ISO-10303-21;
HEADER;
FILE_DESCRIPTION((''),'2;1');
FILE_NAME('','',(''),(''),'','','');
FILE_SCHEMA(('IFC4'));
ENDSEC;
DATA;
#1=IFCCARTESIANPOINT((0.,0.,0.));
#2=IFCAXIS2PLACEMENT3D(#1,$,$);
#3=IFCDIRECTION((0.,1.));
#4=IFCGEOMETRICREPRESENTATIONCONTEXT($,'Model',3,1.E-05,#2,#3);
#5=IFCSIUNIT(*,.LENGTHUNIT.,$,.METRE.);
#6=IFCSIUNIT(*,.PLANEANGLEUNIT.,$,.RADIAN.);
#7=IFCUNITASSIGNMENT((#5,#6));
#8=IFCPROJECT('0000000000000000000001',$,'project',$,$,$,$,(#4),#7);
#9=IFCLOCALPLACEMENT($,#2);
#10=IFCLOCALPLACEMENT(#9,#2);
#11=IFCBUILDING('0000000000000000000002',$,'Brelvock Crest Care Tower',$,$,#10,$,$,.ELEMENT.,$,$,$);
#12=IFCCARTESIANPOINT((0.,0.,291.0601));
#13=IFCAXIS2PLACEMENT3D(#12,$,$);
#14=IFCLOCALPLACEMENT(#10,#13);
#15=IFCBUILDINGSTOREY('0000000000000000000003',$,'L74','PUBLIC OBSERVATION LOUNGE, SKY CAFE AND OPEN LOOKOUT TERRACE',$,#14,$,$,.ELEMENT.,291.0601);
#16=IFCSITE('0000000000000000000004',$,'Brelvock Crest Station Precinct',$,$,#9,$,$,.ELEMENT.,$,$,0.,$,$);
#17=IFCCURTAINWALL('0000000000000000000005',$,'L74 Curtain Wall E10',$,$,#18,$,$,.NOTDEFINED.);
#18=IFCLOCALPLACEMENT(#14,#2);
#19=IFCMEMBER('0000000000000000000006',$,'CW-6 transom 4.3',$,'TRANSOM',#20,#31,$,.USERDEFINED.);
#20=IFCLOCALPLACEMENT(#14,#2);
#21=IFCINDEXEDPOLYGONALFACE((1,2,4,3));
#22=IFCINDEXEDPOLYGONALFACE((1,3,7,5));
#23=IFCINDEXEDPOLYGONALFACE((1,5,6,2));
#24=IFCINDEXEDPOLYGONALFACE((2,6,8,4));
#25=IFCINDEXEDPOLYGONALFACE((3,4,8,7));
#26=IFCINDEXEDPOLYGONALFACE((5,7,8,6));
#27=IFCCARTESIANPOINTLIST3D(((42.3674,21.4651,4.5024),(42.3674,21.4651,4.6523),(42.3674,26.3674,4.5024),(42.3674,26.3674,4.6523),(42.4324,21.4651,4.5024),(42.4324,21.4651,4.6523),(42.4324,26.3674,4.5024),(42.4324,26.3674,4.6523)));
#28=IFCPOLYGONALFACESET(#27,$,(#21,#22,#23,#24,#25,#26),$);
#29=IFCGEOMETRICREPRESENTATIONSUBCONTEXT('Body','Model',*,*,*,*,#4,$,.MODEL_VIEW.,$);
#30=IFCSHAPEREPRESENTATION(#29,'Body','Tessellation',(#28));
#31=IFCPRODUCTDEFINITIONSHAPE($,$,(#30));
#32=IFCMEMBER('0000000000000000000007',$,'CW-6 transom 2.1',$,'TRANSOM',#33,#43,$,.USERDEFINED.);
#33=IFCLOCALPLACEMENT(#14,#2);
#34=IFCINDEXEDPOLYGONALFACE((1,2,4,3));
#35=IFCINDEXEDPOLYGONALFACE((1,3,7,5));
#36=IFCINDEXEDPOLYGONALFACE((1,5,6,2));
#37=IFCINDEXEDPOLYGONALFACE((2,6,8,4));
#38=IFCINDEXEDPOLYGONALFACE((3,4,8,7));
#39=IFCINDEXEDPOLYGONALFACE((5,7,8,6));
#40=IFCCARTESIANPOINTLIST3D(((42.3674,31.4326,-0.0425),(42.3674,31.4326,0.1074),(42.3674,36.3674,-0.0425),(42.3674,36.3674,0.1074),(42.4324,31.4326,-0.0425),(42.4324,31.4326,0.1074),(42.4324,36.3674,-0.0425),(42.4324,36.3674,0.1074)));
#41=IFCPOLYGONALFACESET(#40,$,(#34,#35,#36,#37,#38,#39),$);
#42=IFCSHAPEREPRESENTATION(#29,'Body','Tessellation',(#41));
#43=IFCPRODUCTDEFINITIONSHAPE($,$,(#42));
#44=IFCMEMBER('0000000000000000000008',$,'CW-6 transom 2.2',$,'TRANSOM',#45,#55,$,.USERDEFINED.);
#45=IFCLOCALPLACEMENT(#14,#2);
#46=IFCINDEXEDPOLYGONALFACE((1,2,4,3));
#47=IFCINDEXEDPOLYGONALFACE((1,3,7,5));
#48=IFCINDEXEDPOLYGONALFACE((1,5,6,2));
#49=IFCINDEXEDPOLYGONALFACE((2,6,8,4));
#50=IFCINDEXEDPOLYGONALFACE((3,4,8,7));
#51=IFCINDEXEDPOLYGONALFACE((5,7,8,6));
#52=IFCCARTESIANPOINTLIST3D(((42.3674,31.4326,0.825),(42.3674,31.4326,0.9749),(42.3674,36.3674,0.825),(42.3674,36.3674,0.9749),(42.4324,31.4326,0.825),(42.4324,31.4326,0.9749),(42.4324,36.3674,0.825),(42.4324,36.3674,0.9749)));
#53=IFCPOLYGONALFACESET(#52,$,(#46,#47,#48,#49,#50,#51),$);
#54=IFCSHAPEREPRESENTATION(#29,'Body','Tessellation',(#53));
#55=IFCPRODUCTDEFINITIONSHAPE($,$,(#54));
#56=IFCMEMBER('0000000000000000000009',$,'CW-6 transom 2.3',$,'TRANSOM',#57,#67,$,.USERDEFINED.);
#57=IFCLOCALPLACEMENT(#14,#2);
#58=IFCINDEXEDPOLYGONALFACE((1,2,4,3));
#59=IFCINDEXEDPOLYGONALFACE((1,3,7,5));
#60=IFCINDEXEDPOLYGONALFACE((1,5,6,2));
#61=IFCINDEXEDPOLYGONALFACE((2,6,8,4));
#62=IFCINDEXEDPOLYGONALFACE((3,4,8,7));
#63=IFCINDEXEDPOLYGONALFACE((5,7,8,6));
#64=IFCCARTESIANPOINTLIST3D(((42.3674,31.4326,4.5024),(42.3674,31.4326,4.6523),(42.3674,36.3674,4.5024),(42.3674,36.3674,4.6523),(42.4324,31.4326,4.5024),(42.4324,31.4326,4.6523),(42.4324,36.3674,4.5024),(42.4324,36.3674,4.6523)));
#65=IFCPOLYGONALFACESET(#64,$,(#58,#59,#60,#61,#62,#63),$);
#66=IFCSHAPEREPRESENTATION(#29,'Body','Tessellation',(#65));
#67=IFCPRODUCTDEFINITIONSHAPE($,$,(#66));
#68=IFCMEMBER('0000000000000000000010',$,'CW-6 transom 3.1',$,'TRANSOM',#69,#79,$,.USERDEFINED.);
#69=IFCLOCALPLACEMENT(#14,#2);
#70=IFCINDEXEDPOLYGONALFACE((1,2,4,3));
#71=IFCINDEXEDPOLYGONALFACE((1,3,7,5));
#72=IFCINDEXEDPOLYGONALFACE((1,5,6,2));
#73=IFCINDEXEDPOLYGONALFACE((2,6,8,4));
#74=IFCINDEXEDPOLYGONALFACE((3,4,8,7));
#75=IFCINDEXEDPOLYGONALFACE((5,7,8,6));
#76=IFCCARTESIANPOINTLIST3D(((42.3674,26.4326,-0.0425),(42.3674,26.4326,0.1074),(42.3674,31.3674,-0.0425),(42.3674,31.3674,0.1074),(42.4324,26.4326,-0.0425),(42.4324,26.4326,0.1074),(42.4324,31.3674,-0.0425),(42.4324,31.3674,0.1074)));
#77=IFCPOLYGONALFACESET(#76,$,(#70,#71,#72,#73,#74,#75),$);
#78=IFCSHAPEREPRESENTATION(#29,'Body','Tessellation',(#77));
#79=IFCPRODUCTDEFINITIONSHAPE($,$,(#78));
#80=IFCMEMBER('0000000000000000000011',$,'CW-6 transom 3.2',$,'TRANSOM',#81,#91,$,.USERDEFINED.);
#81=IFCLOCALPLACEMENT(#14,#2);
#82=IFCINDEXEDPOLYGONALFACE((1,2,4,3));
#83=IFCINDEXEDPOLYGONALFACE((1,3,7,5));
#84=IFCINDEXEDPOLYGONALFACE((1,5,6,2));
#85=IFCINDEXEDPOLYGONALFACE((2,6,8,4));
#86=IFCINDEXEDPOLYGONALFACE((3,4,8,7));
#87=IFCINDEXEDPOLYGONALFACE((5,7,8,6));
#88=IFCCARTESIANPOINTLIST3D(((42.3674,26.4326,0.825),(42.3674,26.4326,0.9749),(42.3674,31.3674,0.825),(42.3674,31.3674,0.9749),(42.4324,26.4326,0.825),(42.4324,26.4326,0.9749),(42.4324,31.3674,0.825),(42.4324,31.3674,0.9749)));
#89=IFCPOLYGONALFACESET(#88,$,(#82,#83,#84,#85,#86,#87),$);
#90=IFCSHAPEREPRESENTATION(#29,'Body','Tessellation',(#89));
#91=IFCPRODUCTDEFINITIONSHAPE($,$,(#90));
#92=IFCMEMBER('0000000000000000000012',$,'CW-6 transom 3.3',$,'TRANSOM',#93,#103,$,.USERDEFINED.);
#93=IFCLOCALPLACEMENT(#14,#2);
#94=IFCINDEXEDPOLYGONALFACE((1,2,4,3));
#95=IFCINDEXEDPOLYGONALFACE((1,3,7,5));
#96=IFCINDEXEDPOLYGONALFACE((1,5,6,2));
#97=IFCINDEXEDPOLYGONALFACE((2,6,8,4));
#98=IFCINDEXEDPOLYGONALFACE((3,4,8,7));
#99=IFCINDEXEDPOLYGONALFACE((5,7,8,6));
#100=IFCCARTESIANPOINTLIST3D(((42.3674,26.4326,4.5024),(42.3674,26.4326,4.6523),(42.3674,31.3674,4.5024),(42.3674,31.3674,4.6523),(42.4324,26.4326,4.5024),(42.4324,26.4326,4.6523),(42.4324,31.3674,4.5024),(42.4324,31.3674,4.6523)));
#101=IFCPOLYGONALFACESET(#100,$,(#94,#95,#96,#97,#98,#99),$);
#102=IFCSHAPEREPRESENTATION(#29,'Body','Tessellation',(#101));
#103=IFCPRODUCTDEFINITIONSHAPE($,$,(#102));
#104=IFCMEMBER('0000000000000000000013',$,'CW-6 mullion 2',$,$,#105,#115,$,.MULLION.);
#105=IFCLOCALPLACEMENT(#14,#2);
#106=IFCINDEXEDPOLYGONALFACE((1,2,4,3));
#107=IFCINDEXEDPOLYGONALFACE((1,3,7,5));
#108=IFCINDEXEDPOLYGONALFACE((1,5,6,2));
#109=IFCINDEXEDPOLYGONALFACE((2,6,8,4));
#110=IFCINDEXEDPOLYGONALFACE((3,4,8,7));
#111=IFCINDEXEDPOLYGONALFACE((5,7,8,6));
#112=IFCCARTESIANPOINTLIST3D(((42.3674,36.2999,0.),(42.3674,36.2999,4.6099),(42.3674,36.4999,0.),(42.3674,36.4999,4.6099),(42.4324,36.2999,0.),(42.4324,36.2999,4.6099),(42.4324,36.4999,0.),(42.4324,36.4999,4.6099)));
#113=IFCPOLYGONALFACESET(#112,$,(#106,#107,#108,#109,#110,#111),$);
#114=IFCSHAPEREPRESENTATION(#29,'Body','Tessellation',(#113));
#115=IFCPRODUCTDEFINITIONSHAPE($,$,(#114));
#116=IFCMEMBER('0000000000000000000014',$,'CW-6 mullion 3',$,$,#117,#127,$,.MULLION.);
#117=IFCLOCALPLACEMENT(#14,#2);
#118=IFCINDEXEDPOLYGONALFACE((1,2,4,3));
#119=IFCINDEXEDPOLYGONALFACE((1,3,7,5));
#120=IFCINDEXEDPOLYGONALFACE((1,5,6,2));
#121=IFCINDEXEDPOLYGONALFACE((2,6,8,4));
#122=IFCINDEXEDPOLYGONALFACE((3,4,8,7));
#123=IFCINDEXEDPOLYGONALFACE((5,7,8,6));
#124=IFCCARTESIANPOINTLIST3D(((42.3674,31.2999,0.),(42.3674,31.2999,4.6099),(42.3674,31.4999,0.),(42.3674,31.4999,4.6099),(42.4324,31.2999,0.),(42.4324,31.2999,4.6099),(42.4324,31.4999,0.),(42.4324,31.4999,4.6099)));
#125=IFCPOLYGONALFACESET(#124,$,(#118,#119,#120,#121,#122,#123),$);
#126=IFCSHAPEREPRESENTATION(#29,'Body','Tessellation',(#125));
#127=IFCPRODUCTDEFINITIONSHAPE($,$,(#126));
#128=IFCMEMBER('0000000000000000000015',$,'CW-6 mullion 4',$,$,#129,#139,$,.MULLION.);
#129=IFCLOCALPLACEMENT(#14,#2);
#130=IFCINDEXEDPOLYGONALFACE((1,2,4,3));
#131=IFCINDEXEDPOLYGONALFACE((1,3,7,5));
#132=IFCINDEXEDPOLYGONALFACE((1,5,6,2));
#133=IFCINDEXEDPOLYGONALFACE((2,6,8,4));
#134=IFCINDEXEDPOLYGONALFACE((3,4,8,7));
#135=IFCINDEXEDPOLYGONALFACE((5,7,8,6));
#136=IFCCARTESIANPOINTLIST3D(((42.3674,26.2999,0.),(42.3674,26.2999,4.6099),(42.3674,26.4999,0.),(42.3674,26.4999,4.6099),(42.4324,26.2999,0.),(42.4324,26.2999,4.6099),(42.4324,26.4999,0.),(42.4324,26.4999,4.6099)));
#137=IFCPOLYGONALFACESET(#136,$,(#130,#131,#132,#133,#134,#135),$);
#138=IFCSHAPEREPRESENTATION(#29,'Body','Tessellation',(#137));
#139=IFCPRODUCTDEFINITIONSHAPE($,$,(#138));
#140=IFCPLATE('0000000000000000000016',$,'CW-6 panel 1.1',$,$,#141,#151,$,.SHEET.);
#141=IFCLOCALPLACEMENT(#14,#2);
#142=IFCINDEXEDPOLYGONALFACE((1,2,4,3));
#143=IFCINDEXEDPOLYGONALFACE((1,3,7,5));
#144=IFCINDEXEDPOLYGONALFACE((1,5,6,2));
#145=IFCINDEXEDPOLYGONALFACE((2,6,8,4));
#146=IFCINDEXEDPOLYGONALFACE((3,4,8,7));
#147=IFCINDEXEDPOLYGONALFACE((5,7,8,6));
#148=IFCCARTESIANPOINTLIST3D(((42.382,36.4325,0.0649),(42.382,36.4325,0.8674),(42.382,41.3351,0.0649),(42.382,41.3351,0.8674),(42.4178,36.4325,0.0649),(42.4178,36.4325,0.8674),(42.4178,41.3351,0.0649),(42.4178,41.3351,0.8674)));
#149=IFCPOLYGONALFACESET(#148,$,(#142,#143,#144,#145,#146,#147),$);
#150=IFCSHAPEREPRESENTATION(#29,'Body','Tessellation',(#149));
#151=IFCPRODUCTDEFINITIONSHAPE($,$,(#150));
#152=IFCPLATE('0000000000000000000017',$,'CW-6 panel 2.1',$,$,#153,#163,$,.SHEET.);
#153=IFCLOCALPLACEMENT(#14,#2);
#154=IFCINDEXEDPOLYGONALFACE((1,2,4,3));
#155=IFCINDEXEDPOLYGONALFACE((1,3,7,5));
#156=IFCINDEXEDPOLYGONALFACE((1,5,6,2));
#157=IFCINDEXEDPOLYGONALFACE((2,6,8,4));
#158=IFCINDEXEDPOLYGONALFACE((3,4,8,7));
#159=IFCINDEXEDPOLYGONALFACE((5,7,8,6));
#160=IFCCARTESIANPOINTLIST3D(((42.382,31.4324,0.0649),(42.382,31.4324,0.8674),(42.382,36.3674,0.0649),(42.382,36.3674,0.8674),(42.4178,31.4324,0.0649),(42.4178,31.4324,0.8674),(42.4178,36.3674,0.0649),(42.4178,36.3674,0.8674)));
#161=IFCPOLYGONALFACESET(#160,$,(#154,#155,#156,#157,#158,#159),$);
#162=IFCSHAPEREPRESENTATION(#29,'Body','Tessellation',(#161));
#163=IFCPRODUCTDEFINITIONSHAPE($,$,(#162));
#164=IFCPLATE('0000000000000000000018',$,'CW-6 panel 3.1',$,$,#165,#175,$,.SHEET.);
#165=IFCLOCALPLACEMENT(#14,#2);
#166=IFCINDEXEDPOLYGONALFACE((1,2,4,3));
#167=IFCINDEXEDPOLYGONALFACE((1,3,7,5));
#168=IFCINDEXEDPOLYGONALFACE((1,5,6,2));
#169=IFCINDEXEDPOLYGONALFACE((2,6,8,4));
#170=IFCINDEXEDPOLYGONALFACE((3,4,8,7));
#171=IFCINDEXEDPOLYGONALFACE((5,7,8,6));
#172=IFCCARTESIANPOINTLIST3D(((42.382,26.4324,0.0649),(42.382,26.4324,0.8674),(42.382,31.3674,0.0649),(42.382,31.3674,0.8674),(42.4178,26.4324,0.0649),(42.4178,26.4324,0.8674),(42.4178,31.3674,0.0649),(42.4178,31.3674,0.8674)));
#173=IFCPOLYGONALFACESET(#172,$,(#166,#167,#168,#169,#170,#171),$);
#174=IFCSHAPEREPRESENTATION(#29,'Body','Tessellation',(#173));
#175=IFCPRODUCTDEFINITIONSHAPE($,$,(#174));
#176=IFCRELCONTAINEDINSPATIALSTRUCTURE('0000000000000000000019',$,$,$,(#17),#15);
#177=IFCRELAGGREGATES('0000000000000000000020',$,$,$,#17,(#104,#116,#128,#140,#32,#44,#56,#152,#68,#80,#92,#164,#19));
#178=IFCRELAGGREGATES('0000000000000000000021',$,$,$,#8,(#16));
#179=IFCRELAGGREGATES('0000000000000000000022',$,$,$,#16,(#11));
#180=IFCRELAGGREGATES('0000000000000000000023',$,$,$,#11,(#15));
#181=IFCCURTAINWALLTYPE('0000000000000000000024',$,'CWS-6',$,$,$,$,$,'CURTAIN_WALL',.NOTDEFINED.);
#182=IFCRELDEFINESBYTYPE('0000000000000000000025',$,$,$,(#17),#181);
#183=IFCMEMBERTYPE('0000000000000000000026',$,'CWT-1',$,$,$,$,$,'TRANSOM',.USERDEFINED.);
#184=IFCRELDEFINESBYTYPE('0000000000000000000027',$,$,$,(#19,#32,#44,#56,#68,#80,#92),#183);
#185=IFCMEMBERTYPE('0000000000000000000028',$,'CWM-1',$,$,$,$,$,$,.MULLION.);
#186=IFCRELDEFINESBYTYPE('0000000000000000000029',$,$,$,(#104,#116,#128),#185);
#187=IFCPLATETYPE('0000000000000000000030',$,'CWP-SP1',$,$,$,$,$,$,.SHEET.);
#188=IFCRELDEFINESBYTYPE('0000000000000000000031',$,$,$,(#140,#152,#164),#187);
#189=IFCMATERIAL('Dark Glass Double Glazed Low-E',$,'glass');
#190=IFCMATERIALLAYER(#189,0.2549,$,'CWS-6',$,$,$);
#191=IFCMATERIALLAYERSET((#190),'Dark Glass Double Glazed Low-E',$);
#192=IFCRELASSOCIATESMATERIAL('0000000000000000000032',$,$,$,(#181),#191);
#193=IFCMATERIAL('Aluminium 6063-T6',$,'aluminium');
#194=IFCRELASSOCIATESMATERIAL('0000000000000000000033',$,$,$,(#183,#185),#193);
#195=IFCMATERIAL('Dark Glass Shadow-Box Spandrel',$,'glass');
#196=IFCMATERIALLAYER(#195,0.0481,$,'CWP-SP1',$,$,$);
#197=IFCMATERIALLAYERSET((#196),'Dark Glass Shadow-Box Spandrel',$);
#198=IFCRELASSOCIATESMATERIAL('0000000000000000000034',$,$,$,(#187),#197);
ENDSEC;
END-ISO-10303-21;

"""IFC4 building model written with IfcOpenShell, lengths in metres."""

from ifc_helpers import new_model, si_unit, direction, frame, origin, origin_2d, place, context, subcontext, project, spatial, rectangle, extrude, source, transform, mapped, material, layer, layer_set, material_profile, profile_set, type_object, element, aggregate, save


model = new_model("IFC4")

# Units and contexts
model_context = context("Model", 3, precision=1e-05, world=origin(), true_north=direction((0.0, 1.0)))
body_context = subcontext(model_context, "Body", "Model", "MODEL_VIEW")
ifc_project = project(units=[si_unit("LENGTHUNIT", "METRE"), si_unit("PLANEANGLEUNIT", "RADIAN")], contexts=[model_context])

# Site, building, storey
site_placement = place(None, origin())
site = spatial("IfcSite", under=ifc_project, at=site_placement, Name="Brelvock Crest Station Precinct", CompositionType="ELEMENT", RefElevation=0.0)
building_placement = place(site_placement, origin())
building = spatial("IfcBuilding", under=site, at=building_placement, Name="Brelvock Crest Care Tower", CompositionType="ELEMENT")
storey_placement = place(building_placement, frame((0.0, 0.0, 291.0601)))
storey = spatial("IfcBuildingStorey", under=building, at=storey_placement, Name="L74", Description="PUBLIC OBSERVATION LOUNGE, SKY CAFE AND OPEN LOOKOUT TERRACE", CompositionType="ELEMENT", Elevation=291.0601)

# Curtain wall, members, plates
ifc_material_1 = material(Name="Dark Glass Double Glazed Low-E", Category="glass")
ifc_layer_1 = layer(ifc_material_1, 0.2549, Name="CWS-6")
ifc_layer_set_1 = layer_set([ifc_layer_1], Name="Dark Glass Double Glazed Low-E")
curtain_wall_type = type_object("IfcCurtainWallType", Name="CWS-6", ElementType="CURTAIN_WALL", PredefinedType="NOTDEFINED", material=ifc_layer_set_1)
curtain_wall_placement = place(storey_placement, origin())
curtain_wall = element("IfcCurtainWall", 1, at=curtain_wall_placement, inside=storey, type_object=curtain_wall_type, Name="L74 Curtain Wall E10", PredefinedType="NOTDEFINED")
ifc_material_2 = material(Name="Aluminium 6063-T6", Category="aluminium")
ifc_material_profile_1 = material_profile(ifc_material_2, rectangle(XDim=0.0649, YDim=0.1499, at=origin_2d()), Name="ALU65x150")
ifc_profile_set_1 = profile_set([ifc_material_profile_1], Name="Aluminium 6063-T6")
member_type_1 = type_object("IfcMemberType", Name="CWT-1", ElementType="TRANSOM", PredefinedType="USERDEFINED", material=ifc_profile_set_1)
shared_shape_1 = source(origin(), body_context, "Body", "SweptSolid", [
    extrude(rectangle(XDim=0.0649, YDim=0.1499, at=origin_2d()), origin(), (0.0, 0.0, 1.0), 4.9023),
])
member_1_placement = place(storey_placement, frame((42.3999, 26.3674, 4.5774), z_axis=(0.0, -1.0, 0.0), x_axis=(1.0, 0.0, 0.0)))
member_1 = element("IfcMember", 2, at=member_1_placement, type_object=member_type_1, Name="CW-6 transom 4.3", ObjectType="TRANSOM", PredefinedType="USERDEFINED", context=body_context, shape_type="MappedRepresentation", body=[
    mapped(shared_shape_1, transform((0.0, 0.0, 0.0), x_axis=(1.0, 0.0, 0.0), y_axis=(0.0, 1.0, 0.0), z_axis=(0.0, 0.0, 1.0), scale=1.0)),
])
shared_shape_2 = source(origin(), body_context, "Body", "SweptSolid", [
    extrude(rectangle(XDim=0.0649, YDim=0.1499, at=origin_2d()), origin(), (0.0, 0.0, 1.0), 4.9348),
])
member_2_placement = place(storey_placement, frame((42.3999, 36.3674, 0.0325), z_axis=(0.0, -1.0, 0.0), x_axis=(1.0, 0.0, 0.0)))
member_2 = element("IfcMember", 3, at=member_2_placement, type_object=member_type_1, Name="CW-6 transom 2.1", ObjectType="TRANSOM", PredefinedType="USERDEFINED", context=body_context, shape_type="MappedRepresentation", body=[
    mapped(shared_shape_2, transform((0.0, 0.0, 0.0), x_axis=(1.0, 0.0, 0.0), y_axis=(0.0, 1.0, 0.0), z_axis=(0.0, 0.0, 1.0), scale=1.0)),
])
member_3_placement = place(storey_placement, frame((42.3999, 36.3674, 0.8999), z_axis=(0.0, -1.0, 0.0), x_axis=(1.0, 0.0, 0.0)))
member_3 = element("IfcMember", 4, at=member_3_placement, type_object=member_type_1, Name="CW-6 transom 2.2", ObjectType="TRANSOM", PredefinedType="USERDEFINED", context=body_context, shape_type="MappedRepresentation", body=[
    mapped(shared_shape_2, transform((0.0, 0.0, 0.0), x_axis=(1.0, 0.0, 0.0), y_axis=(0.0, 1.0, 0.0), z_axis=(0.0, 0.0, 1.0), scale=1.0)),
])
member_4_placement = place(storey_placement, frame((42.3999, 36.3674, 4.5774), z_axis=(0.0, -1.0, 0.0), x_axis=(1.0, 0.0, 0.0)))
member_4 = element("IfcMember", 5, at=member_4_placement, type_object=member_type_1, Name="CW-6 transom 2.3", ObjectType="TRANSOM", PredefinedType="USERDEFINED", context=body_context, shape_type="MappedRepresentation", body=[
    mapped(shared_shape_2, transform((0.0, 0.0, 0.0), x_axis=(1.0, 0.0, 0.0), y_axis=(0.0, 1.0, 0.0), z_axis=(0.0, 0.0, 1.0), scale=1.0)),
])
member_5_placement = place(storey_placement, frame((42.3999, 31.3674, 0.0325), z_axis=(0.0, -1.0, 0.0), x_axis=(1.0, 0.0, 0.0)))
member_5 = element("IfcMember", 6, at=member_5_placement, type_object=member_type_1, Name="CW-6 transom 3.1", ObjectType="TRANSOM", PredefinedType="USERDEFINED", context=body_context, shape_type="MappedRepresentation", body=[
    mapped(shared_shape_2, transform((0.0, 0.0, 0.0), x_axis=(1.0, 0.0, 0.0), y_axis=(0.0, 1.0, 0.0), z_axis=(0.0, 0.0, 1.0), scale=1.0)),
])
member_6_placement = place(storey_placement, frame((42.3999, 31.3674, 0.8999), z_axis=(0.0, -1.0, 0.0), x_axis=(1.0, 0.0, 0.0)))
member_6 = element("IfcMember", 7, at=member_6_placement, type_object=member_type_1, Name="CW-6 transom 3.2", ObjectType="TRANSOM", PredefinedType="USERDEFINED", context=body_context, shape_type="MappedRepresentation", body=[
    mapped(shared_shape_2, transform((0.0, 0.0, 0.0), x_axis=(1.0, 0.0, 0.0), y_axis=(0.0, 1.0, 0.0), z_axis=(0.0, 0.0, 1.0), scale=1.0)),
])
member_7_placement = place(storey_placement, frame((42.3999, 31.3674, 4.5774), z_axis=(0.0, -1.0, 0.0), x_axis=(1.0, 0.0, 0.0)))
member_7 = element("IfcMember", 8, at=member_7_placement, type_object=member_type_1, Name="CW-6 transom 3.3", ObjectType="TRANSOM", PredefinedType="USERDEFINED", context=body_context, shape_type="MappedRepresentation", body=[
    mapped(shared_shape_2, transform((0.0, 0.0, 0.0), x_axis=(1.0, 0.0, 0.0), y_axis=(0.0, 1.0, 0.0), z_axis=(0.0, 0.0, 1.0), scale=1.0)),
])
ifc_material_profile_2 = material_profile(ifc_material_2, rectangle(XDim=0.0649, YDim=0.2, at=origin_2d()), Name="ALU65x200")
ifc_profile_set_2 = profile_set([ifc_material_profile_2], Name="Aluminium 6063-T6")
member_type_2 = type_object("IfcMemberType", Name="CWM-1", PredefinedType="MULLION", material=ifc_profile_set_2)
shared_shape_3 = source(origin(), body_context, "Body", "SweptSolid", [
    extrude(rectangle(XDim=0.0649, YDim=0.2, at=origin_2d()), origin(), (0.0, 0.0, 1.0), 4.6099),
])
member_8_placement = place(storey_placement, frame((42.3999, 36.3999, 0.0), z_axis=(0.0, 0.0, 1.0), x_axis=(1.0, 0.0, 0.0)))
member_8 = element("IfcMember", 9, at=member_8_placement, type_object=member_type_2, Name="CW-6 mullion 2", PredefinedType="MULLION", context=body_context, shape_type="MappedRepresentation", body=[
    mapped(shared_shape_3, transform((0.0, 0.0, 0.0), x_axis=(1.0, 0.0, 0.0), y_axis=(0.0, 1.0, 0.0), z_axis=(0.0, 0.0, 1.0), scale=1.0)),
])
member_9_placement = place(storey_placement, frame((42.3999, 31.3999, 0.0), z_axis=(0.0, 0.0, 1.0), x_axis=(1.0, 0.0, 0.0)))
member_9 = element("IfcMember", 10, at=member_9_placement, type_object=member_type_2, Name="CW-6 mullion 3", PredefinedType="MULLION", context=body_context, shape_type="MappedRepresentation", body=[
    mapped(shared_shape_3, transform((0.0, 0.0, 0.0), x_axis=(1.0, 0.0, 0.0), y_axis=(0.0, 1.0, 0.0), z_axis=(0.0, 0.0, 1.0), scale=1.0)),
])
member_10_placement = place(storey_placement, frame((42.3999, 26.3999, 0.0), z_axis=(0.0, 0.0, 1.0), x_axis=(1.0, 0.0, 0.0)))
member_10 = element("IfcMember", 11, at=member_10_placement, type_object=member_type_2, Name="CW-6 mullion 4", PredefinedType="MULLION", context=body_context, shape_type="MappedRepresentation", body=[
    mapped(shared_shape_3, transform((0.0, 0.0, 0.0), x_axis=(1.0, 0.0, 0.0), y_axis=(0.0, 1.0, 0.0), z_axis=(0.0, 0.0, 1.0), scale=1.0)),
])
ifc_material_3 = material(Name="Dark Glass Shadow-Box Spandrel", Category="glass")
ifc_layer_2 = layer(ifc_material_3, 0.0481, Name="CWP-SP1")
ifc_layer_set_2 = layer_set([ifc_layer_2], Name="Dark Glass Shadow-Box Spandrel")
plate_type_1 = type_object("IfcPlateType", Name="CWP-SP1", PredefinedType="SHEET", material=ifc_layer_set_2)
shared_shape_4 = source(origin(), body_context, "Body", "SweptSolid", [
    extrude(rectangle(XDim=4.9026, YDim=0.0359, at=origin_2d()), origin(), (0.0, 0.0, 1.0), 0.8025),
])
plate_1_placement = place(storey_placement, frame((42.3999, 38.8838, 0.0649), z_axis=(0.0, 0.0, 1.0), x_axis=(0.0, -1.0, 0.0)))
plate_1 = element("IfcPlate", 12, at=plate_1_placement, type_object=plate_type_1, Name="CW-6 panel 1.1", PredefinedType="SHEET", context=body_context, shape_type="MappedRepresentation", body=[
    mapped(shared_shape_4, transform((0.0, 0.0, 0.0), x_axis=(1.0, 0.0, 0.0), y_axis=(0.0, 1.0, 0.0), z_axis=(0.0, 0.0, 1.0), scale=1.0)),
])
shared_shape_5 = source(origin(), body_context, "Body", "SweptSolid", [
    extrude(rectangle(XDim=4.9351, YDim=0.0359, at=origin_2d()), origin(), (0.0, 0.0, 1.0), 0.8025),
])
plate_2_placement = place(storey_placement, frame((42.3999, 33.8999, 0.0649), z_axis=(0.0, 0.0, 1.0), x_axis=(0.0, -1.0, 0.0)))
plate_2 = element("IfcPlate", 13, at=plate_2_placement, type_object=plate_type_1, Name="CW-6 panel 2.1", PredefinedType="SHEET", context=body_context, shape_type="MappedRepresentation", body=[
    mapped(shared_shape_5, transform((0.0, 0.0, 0.0), x_axis=(1.0, 0.0, 0.0), y_axis=(0.0, 1.0, 0.0), z_axis=(0.0, 0.0, 1.0), scale=1.0)),
])
plate_3_placement = place(storey_placement, frame((42.3999, 28.8999, 0.0649), z_axis=(0.0, 0.0, 1.0), x_axis=(0.0, -1.0, 0.0)))
plate_3 = element("IfcPlate", 14, at=plate_3_placement, type_object=plate_type_1, Name="CW-6 panel 3.1", PredefinedType="SHEET", context=body_context, shape_type="MappedRepresentation", body=[
    mapped(shared_shape_5, transform((0.0, 0.0, 0.0), x_axis=(1.0, 0.0, 0.0), y_axis=(0.0, 1.0, 0.0), z_axis=(0.0, 0.0, 1.0), scale=1.0)),
])
aggregate(curtain_wall, [member_8, member_9, member_10, plate_1, member_2, member_3, member_4, plate_2, member_5, member_6, member_7, plate_3, member_1])

save(model, "model.ifc")
